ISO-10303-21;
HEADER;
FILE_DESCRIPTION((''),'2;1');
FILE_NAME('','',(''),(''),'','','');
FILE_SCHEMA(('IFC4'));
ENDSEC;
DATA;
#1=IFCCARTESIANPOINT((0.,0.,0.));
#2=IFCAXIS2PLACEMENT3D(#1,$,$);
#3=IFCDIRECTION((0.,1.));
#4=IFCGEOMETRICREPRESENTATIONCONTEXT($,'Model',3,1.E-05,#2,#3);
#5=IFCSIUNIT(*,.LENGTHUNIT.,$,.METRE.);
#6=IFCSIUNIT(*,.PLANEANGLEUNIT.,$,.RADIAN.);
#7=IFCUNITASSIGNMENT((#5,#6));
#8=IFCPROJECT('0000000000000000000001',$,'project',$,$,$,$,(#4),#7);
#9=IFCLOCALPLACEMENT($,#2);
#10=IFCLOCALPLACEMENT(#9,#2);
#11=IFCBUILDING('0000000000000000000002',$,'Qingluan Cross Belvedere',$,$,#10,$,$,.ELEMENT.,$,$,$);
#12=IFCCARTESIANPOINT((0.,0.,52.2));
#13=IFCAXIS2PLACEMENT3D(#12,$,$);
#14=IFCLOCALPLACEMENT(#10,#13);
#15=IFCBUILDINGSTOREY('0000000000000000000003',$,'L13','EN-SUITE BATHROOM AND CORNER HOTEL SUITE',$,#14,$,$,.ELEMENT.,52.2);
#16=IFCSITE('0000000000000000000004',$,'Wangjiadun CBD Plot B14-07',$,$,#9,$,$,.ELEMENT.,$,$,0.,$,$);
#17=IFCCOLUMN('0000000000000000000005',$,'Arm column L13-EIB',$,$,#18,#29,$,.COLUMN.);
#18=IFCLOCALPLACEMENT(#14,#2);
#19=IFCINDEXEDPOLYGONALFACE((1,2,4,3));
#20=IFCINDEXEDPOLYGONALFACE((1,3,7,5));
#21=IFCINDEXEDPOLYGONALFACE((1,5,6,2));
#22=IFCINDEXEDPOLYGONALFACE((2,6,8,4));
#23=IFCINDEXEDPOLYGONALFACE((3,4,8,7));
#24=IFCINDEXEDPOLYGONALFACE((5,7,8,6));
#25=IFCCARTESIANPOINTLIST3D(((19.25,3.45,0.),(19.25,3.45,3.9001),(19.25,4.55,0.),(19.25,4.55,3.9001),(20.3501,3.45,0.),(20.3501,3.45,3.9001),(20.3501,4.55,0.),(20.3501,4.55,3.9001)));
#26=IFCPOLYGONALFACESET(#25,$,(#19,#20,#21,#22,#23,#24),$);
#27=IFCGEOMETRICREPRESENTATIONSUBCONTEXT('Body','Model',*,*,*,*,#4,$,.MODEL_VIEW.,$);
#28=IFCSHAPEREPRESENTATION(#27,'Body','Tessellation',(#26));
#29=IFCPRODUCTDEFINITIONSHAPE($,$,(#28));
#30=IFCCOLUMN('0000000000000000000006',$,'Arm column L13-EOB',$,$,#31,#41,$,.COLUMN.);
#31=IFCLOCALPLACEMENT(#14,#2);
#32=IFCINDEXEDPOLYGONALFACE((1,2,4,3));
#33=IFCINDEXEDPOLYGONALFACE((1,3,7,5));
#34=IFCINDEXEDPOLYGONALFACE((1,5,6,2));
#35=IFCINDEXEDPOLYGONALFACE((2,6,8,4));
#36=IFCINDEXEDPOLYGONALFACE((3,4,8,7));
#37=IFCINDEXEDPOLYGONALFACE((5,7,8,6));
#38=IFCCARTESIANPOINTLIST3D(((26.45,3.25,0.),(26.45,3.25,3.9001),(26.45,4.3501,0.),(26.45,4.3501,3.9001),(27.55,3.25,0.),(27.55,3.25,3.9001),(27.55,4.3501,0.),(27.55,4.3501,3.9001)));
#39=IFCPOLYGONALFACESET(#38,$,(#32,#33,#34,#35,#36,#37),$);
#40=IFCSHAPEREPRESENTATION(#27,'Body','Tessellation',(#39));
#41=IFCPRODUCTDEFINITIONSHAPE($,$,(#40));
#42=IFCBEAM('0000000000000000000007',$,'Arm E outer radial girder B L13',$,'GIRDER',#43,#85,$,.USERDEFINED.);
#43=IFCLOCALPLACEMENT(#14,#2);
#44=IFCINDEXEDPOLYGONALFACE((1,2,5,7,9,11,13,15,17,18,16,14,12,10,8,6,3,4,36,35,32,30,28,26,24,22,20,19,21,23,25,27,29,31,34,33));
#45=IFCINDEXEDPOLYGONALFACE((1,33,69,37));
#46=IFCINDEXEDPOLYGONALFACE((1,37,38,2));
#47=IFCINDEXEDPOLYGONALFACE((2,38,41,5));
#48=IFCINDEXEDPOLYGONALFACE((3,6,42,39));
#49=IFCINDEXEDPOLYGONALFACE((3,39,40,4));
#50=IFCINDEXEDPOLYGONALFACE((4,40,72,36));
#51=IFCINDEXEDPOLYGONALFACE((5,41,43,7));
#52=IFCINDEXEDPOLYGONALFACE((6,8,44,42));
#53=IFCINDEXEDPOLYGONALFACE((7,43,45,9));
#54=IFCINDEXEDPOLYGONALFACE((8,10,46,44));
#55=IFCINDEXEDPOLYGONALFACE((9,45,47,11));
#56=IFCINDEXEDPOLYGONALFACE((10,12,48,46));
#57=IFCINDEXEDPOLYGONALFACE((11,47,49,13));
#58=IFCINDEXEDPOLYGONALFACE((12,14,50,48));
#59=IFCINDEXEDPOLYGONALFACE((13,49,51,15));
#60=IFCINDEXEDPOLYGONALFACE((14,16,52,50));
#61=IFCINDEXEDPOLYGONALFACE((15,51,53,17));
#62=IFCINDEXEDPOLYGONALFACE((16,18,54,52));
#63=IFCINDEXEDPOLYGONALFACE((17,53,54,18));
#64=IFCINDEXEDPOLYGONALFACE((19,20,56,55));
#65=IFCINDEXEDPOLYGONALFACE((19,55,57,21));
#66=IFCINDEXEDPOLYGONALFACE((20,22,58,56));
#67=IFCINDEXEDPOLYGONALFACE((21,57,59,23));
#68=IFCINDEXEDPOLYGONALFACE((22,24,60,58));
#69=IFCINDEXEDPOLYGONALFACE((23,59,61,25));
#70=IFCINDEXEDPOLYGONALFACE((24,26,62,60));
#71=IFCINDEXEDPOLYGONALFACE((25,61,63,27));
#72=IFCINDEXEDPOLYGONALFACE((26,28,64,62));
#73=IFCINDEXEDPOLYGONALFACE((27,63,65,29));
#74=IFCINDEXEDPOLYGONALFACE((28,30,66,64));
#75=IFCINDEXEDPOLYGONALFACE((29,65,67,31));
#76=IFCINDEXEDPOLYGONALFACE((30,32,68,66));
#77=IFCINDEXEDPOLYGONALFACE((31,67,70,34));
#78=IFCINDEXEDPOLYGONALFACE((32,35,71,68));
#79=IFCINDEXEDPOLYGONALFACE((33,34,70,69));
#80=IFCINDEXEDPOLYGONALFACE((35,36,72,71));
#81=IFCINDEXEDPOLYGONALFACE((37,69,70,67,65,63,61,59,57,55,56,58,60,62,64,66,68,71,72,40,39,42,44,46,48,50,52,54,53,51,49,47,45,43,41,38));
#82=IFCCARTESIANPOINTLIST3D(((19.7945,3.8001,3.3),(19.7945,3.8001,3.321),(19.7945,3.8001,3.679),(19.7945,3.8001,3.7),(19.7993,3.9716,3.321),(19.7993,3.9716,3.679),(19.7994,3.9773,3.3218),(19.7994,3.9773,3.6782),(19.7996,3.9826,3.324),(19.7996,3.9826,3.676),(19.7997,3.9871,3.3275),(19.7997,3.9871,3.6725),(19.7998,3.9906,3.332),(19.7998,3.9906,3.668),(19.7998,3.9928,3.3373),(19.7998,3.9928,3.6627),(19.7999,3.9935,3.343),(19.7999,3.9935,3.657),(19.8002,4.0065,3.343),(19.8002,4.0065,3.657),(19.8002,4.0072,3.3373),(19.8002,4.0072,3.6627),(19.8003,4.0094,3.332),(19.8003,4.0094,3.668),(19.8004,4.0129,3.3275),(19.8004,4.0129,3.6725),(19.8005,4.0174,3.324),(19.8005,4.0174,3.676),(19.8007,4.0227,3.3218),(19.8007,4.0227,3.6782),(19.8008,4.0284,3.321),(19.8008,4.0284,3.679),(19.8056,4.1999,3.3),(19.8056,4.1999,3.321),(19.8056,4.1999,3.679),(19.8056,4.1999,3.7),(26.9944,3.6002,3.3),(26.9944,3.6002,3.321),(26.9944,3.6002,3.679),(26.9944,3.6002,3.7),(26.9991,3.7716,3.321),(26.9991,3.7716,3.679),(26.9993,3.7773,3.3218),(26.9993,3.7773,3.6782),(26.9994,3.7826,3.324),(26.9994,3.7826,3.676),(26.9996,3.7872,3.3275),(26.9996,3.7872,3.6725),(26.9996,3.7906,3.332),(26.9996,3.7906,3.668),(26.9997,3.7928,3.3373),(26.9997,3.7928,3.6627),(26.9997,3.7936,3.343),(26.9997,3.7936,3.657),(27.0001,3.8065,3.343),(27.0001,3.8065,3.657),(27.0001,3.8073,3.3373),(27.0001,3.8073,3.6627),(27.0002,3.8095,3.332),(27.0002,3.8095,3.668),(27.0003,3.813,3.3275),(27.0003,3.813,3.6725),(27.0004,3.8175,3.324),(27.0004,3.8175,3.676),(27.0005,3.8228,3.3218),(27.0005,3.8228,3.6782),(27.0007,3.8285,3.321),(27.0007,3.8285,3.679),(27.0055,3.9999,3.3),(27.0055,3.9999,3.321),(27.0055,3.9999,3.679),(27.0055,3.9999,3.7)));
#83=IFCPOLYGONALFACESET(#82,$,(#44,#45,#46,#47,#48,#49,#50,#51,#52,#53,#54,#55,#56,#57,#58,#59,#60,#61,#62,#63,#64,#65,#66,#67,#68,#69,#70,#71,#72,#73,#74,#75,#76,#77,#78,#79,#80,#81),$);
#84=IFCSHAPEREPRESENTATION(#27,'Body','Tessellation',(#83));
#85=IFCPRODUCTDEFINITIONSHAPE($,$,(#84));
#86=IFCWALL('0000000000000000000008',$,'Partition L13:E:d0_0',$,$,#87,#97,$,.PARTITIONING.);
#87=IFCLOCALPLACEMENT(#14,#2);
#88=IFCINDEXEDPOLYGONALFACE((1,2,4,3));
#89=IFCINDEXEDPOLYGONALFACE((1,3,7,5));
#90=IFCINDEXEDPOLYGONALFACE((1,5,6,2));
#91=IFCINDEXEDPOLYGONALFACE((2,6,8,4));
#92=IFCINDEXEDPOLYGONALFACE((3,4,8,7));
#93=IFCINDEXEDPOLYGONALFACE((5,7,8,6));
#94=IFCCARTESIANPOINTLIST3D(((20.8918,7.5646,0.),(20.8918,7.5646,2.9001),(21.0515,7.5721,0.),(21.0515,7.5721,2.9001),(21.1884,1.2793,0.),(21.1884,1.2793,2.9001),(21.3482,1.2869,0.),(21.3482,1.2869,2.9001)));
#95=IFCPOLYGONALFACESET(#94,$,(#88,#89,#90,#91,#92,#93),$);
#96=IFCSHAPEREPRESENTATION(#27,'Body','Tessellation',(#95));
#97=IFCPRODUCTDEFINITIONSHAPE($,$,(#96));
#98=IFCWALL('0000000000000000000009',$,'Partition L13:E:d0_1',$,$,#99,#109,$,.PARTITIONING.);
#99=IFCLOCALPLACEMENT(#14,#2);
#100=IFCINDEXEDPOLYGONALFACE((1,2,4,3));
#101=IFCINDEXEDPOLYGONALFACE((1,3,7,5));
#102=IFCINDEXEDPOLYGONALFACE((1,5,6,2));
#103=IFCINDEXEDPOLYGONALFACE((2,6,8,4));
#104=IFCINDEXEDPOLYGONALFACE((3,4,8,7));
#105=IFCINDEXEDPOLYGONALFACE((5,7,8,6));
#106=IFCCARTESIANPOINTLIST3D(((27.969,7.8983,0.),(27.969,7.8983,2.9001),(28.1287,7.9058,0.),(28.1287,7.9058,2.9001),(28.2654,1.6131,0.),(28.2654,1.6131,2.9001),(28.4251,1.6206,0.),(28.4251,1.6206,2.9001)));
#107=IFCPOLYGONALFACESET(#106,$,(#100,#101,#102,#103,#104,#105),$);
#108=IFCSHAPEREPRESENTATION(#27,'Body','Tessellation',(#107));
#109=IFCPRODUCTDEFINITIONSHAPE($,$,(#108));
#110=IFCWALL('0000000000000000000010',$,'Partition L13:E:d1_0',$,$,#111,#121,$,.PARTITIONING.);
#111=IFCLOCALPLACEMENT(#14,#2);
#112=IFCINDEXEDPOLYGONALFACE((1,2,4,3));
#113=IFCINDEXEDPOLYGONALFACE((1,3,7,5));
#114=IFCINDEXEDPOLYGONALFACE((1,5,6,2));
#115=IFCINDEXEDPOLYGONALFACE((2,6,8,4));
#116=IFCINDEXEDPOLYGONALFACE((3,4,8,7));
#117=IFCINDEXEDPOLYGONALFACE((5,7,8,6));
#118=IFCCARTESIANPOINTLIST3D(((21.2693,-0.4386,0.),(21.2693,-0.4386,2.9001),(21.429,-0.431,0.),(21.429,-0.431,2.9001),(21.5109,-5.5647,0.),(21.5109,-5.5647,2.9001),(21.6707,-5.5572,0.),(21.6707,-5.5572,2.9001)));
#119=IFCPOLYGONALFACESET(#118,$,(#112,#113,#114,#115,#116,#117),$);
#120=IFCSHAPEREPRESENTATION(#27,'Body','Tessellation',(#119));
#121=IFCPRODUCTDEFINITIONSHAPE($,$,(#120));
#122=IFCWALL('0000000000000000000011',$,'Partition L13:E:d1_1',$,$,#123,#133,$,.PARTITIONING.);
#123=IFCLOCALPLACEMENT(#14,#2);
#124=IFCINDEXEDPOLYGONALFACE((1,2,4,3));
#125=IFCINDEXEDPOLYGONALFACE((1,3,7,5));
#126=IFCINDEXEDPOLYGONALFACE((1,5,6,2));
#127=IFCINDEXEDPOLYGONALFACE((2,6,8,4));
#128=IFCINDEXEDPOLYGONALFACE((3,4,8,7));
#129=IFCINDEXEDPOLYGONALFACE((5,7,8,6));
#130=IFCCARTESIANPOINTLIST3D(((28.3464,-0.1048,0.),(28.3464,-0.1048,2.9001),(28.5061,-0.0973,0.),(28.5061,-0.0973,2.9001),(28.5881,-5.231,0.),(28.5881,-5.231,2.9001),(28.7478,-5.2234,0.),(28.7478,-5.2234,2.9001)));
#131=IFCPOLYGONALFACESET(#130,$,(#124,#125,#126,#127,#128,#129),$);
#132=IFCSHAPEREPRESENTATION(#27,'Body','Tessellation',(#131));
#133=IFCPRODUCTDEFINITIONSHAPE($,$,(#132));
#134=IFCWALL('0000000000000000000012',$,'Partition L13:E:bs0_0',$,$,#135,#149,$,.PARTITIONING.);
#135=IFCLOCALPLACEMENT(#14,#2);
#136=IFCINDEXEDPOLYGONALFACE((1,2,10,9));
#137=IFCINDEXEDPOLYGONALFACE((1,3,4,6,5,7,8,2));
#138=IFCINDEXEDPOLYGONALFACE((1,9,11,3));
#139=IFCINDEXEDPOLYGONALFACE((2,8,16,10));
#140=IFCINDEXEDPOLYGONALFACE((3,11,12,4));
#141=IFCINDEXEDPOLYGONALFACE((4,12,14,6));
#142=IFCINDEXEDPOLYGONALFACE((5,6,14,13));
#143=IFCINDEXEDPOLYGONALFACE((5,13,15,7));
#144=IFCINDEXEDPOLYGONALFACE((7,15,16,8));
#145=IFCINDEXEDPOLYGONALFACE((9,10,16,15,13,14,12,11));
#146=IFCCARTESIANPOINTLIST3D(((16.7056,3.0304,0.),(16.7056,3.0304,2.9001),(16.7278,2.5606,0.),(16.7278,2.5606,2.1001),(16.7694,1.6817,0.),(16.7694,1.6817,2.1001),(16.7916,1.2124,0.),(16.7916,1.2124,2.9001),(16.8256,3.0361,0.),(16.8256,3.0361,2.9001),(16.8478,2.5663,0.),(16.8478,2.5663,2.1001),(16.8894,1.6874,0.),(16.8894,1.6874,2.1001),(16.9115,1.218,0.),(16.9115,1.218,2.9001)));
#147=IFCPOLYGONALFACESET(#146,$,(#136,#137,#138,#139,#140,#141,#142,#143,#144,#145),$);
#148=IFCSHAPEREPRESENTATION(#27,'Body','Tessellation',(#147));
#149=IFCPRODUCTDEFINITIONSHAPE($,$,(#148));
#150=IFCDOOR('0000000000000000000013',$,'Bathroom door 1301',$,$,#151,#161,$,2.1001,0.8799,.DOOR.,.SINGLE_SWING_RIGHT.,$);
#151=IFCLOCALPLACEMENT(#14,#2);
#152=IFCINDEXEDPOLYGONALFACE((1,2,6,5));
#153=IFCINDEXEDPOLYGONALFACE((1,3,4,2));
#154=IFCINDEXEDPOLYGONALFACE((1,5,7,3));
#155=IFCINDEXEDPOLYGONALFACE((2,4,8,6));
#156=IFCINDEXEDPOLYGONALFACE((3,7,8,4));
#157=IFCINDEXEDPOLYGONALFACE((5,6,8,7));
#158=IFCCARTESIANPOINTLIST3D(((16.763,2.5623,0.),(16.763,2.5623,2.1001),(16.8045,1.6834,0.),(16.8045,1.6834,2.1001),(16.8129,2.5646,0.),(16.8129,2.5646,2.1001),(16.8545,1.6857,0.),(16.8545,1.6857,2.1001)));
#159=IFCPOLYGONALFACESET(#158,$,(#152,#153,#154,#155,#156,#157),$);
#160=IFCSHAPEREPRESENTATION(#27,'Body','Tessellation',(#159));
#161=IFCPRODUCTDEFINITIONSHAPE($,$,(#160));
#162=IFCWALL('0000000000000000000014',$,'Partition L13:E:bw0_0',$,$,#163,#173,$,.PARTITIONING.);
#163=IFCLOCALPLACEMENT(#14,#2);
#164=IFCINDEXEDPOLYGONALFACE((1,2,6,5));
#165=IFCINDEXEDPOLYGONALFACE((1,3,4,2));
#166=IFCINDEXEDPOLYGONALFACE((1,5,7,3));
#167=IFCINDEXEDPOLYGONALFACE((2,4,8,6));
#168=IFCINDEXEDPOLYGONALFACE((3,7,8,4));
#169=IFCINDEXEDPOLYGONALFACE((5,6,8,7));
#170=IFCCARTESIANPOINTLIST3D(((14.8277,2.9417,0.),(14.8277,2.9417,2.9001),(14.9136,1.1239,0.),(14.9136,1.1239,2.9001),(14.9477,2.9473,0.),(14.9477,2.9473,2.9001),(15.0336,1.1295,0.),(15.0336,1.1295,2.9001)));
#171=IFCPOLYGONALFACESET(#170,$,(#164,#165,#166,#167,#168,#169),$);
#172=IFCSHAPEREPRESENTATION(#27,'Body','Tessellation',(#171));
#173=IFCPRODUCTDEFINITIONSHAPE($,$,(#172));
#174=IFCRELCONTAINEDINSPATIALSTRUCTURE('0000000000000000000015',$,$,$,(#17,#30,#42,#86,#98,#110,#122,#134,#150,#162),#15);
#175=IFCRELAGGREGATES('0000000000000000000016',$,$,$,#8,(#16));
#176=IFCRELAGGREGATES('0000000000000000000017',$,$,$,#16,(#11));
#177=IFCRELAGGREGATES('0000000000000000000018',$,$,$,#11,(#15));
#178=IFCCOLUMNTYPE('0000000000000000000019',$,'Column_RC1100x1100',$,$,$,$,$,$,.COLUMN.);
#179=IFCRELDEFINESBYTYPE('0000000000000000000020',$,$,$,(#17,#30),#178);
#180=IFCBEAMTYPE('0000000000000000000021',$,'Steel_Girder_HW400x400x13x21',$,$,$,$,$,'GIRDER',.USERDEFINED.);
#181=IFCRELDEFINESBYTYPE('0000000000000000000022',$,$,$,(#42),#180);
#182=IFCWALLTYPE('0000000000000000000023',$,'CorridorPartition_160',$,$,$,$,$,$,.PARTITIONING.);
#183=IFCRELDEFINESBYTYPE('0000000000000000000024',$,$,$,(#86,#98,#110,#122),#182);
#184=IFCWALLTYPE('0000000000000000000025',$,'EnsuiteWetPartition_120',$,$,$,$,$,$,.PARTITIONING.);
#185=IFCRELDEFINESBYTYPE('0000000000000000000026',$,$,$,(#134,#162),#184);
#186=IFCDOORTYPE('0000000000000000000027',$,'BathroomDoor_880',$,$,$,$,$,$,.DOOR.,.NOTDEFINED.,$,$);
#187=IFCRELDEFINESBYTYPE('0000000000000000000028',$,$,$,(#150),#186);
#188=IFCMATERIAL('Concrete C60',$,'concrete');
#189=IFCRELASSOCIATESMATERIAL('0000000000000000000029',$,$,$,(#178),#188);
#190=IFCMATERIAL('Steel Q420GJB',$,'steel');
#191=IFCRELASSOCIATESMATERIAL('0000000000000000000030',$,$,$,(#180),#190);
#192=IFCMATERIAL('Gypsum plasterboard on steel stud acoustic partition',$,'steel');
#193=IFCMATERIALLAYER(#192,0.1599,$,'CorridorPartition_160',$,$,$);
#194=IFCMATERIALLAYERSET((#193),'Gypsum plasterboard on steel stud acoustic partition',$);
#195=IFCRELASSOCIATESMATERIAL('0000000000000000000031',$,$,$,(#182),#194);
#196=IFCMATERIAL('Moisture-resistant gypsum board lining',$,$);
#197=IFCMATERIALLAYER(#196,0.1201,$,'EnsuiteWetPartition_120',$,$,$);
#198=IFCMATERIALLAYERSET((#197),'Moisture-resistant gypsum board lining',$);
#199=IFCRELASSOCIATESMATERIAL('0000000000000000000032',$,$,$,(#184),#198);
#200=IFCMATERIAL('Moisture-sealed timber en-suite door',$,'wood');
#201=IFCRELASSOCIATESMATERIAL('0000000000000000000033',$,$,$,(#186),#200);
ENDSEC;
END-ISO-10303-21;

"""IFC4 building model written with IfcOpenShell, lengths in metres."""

from ifc_helpers import new_model, si_unit, direction, frame, frame_2d, origin, origin_2d, place, context, subcontext, project, spatial, rectangle, i_section, extrude, material, layer, layer_set, material_profile, profile_set, type_object, element, fill, save


model = new_model("IFC4")

# Units and contexts
model_context = context("Model", 3, precision=1e-05, world=origin(), true_north=direction((0.0, 1.0)))
body_context = subcontext(model_context, "Body", "Model", "MODEL_VIEW")
ifc_project = project(units=[si_unit("LENGTHUNIT", "METRE"), si_unit("PLANEANGLEUNIT", "RADIAN")], contexts=[model_context])

# Site, building, storey
site_placement = place(None, origin())
site = spatial("IfcSite", under=ifc_project, at=site_placement, Name="Wangjiadun CBD Plot B14-07", CompositionType="ELEMENT", RefElevation=0.0)
building_placement = place(site_placement, origin())
building = spatial("IfcBuilding", under=site, at=building_placement, Name="Qingluan Cross Belvedere", CompositionType="ELEMENT")
storey_placement = place(building_placement, frame((0.0, 0.0, 52.2)))
storey = spatial("IfcBuildingStorey", under=building, at=storey_placement, Name="L13", Description="EN-SUITE BATHROOM AND CORNER HOTEL SUITE", CompositionType="ELEMENT", Elevation=52.2)

# Columns
ifc_material_1 = material(Name="Concrete C60", Category="concrete")
ifc_material_profile_1 = material_profile(ifc_material_1, rectangle(XDim=1.1001, YDim=1.1001, at=origin_2d()), Name="RC1100x1100")
ifc_profile_set_1 = profile_set([ifc_material_profile_1], Name="Concrete C60")
column_type = type_object("IfcColumnType", Name="Column_RC1100x1100", PredefinedType="COLUMN", material=ifc_profile_set_1)
for number, where, z_axis, x_axis, name in (
    (1, (19.8, 4.0, 0.0), (0.0, 0.0, 1.0), (1.0, 0.0, 0.0), "Arm column L13-EIB"),
    (2, (27.0, 3.8, 0.0), (0.0, 0.0, 1.0), (1.0, 0.0, 0.0), "Arm column L13-EOB"),
):
    element("IfcColumn", number, at=place(storey_placement, frame(where, z_axis=z_axis, x_axis=x_axis)), inside=storey, type_object=column_type, Name=name, PredefinedType="COLUMN", context=body_context, shape_type="SweptSolid", body=[
        extrude(rectangle(XDim=1.1001, YDim=1.1001, at=origin_2d()), origin(), (0.0, 0.0, 1.0), 3.9001),
    ])

# Beam
ifc_material_2 = material(Name="Steel Q420GJB", Category="steel")
ifc_material_profile_2 = material_profile(ifc_material_2, i_section(OverallWidth=0.3999, OverallDepth=0.3999, WebThickness=0.0129, FlangeThickness=0.021, FilletRadius=0.022, at=origin_2d()), Name="HW400x400x13x21")
ifc_profile_set_2 = profile_set([ifc_material_profile_2], Name="Steel Q420GJB")
beam_type = type_object("IfcBeamType", Name="Steel_Girder_HW400x400x13x21", ElementType="GIRDER", PredefinedType="USERDEFINED", material=ifc_profile_set_2)
beam_placement = place(storey_placement, frame((19.8, 4.0, 3.5), z_axis=(0.999615, -0.02776, 0.0), x_axis=(0.02776, 0.999615, 0.0)))
element("IfcBeam", 3, at=beam_placement, inside=storey, type_object=beam_type, Name="Arm E outer radial girder B L13", ObjectType="GIRDER", PredefinedType="USERDEFINED", context=body_context, shape_type="SweptSolid", body=[
    extrude(i_section(OverallWidth=0.3999, OverallDepth=0.3999, WebThickness=0.0129, FlangeThickness=0.021, FilletRadius=0.022, at=origin_2d()), origin(), (0.0, 0.0, 1.0), 7.2026),
])

# Walls
ifc_material_3 = material(Name="Gypsum plasterboard on steel stud acoustic partition", Category="steel")
ifc_layer_1 = layer(ifc_material_3, 0.1599, Name="CorridorPartition_160")
ifc_layer_set_1 = layer_set([ifc_layer_1], Name="Gypsum plasterboard on steel stud acoustic partition")
wall_type_1 = type_object("IfcWallType", Name="CorridorPartition_160", PredefinedType="PARTITIONING", material=ifc_layer_set_1)
for number, where, z_axis, x_axis, name in (
    (4, (21.2683, 1.2832, 0.0), (0.0, 0.0, 1.0), (-0.047143, 0.998888, 0.0), "Partition L13:E:d0_0"),
    (5, (28.3452, 1.6169, 0.0), (0.0, 0.0, 1.0), (-0.047104, 0.99889, 0.0), "Partition L13:E:d0_1"),
):
    element("IfcWall", number, at=place(storey_placement, frame(where, z_axis=z_axis, x_axis=x_axis)), inside=storey, type_object=wall_type_1, Name=name, PredefinedType="PARTITIONING", context=body_context, shape_type="SweptSolid", body=[
        extrude(rectangle(XDim=6.2922, YDim=0.1599, at=frame_2d((3.146, 0.0))), origin(), (0.0, 0.0, 1.0), 2.9001),
    ])
for number, where, z_axis, x_axis, name in (
    (6, (21.3491, -0.4348, 0.0), (0.0, 0.0, 1.0), (0.047097, -0.99889, 0.0), "Partition L13:E:d1_0"),
    (7, (28.4263, -0.1011, 0.0), (0.0, 0.0, 1.0), (0.047097, -0.99889, 0.0), "Partition L13:E:d1_1"),
):
    element("IfcWall", number, at=place(storey_placement, frame(where, z_axis=z_axis, x_axis=x_axis)), inside=storey, type_object=wall_type_1, Name=name, PredefinedType="PARTITIONING", context=body_context, shape_type="SweptSolid", body=[
        extrude(rectangle(XDim=5.1318, YDim=0.1599, at=frame_2d((2.5659, 0.0))), origin(), (0.0, 0.0, 1.0), 2.9001),
    ])

# Wall, opening, door
ifc_material_4 = material(Name="Moisture-resistant gypsum board lining")
ifc_layer_2 = layer(ifc_material_4, 0.1201, Name="EnsuiteWetPartition_120")
ifc_layer_set_2 = layer_set([ifc_layer_2], Name="Moisture-resistant gypsum board lining")
wall_type_2 = type_object("IfcWallType", Name="EnsuiteWetPartition_120", PredefinedType="PARTITIONING", material=ifc_layer_set_2)
wall_1_placement = place(storey_placement, frame((16.8516, 1.2151, 0.0), z_axis=(0.0, 0.0, 1.0), x_axis=(-0.047215, 0.998885, 0.0)))
wall_1 = element("IfcWall", 8, at=wall_1_placement, inside=storey, type_object=wall_type_2, Name="Partition L13:E:bs0_0", PredefinedType="PARTITIONING", context=body_context, shape_type="SweptSolid", body=[
    extrude(rectangle(XDim=1.8201, YDim=0.1201, at=frame_2d((0.9102, 0.0))), origin(), (0.0, 0.0, 1.0), 2.9001),
])
opening_1_placement = place(wall_1_placement, frame((0.47, 0.0, 0.0)))
opening_1 = element("IfcOpeningElement", 9, at=opening_1_placement, cuts=wall_1, PredefinedType="OPENING", context=body_context, shape_type="SweptSolid", body=[
    extrude(rectangle(XDim=0.8799, YDim=2.1001, at=frame_2d((0.4399, 1.05))), frame((0.0, 0.0701, 0.0), z_axis=(0.0, -1.0, 0.0), x_axis=(1.0, 0.0, 0.0)), (0.0, 0.0, 1.0), 0.1401),
])
ifc_material_5 = material(Name="Moisture-sealed timber en-suite door", Category="wood")
door_type = type_object("IfcDoorType", Name="BathroomDoor_880", OperationType="NOTDEFINED", PredefinedType="DOOR", material=ifc_material_5)
door_1_placement = place(opening_1_placement, origin())
door_1 = element("IfcDoor", 10, at=door_1_placement, inside=storey, type_object=door_type, Name="Bathroom door 1301", OperationType="SINGLE_SWING_RIGHT", OverallHeight=2.1001, OverallWidth=0.8799, PredefinedType="DOOR", context=body_context, shape_type="SweptSolid", body=[
    extrude(rectangle(XDim=0.8799, YDim=2.1001, at=frame_2d((0.4399, 1.05))), frame((0.0, 0.0249, 0.0), z_axis=(0.0, -1.0, 0.0), x_axis=(1.0, 0.0, 0.0)), (0.0, 0.0, 1.0), 0.05),
])
fill(opening_1, door_1)

# Wall
wall_2_placement = place(storey_placement, frame((14.9736, 1.1267, 0.0), z_axis=(0.0, 0.0, 1.0), x_axis=(-0.047221, 0.998884, 0.0)))
element("IfcWall", 11, at=wall_2_placement, inside=storey, type_object=wall_type_2, Name="Partition L13:E:bw0_0", PredefinedType="PARTITIONING", context=body_context, shape_type="SweptSolid", body=[
    extrude(rectangle(XDim=1.8198, YDim=0.1201, at=frame_2d((0.9099, 0.0))), origin(), (0.0, 0.0, 1.0), 2.9001),
])

save(model, "model.ifc")
